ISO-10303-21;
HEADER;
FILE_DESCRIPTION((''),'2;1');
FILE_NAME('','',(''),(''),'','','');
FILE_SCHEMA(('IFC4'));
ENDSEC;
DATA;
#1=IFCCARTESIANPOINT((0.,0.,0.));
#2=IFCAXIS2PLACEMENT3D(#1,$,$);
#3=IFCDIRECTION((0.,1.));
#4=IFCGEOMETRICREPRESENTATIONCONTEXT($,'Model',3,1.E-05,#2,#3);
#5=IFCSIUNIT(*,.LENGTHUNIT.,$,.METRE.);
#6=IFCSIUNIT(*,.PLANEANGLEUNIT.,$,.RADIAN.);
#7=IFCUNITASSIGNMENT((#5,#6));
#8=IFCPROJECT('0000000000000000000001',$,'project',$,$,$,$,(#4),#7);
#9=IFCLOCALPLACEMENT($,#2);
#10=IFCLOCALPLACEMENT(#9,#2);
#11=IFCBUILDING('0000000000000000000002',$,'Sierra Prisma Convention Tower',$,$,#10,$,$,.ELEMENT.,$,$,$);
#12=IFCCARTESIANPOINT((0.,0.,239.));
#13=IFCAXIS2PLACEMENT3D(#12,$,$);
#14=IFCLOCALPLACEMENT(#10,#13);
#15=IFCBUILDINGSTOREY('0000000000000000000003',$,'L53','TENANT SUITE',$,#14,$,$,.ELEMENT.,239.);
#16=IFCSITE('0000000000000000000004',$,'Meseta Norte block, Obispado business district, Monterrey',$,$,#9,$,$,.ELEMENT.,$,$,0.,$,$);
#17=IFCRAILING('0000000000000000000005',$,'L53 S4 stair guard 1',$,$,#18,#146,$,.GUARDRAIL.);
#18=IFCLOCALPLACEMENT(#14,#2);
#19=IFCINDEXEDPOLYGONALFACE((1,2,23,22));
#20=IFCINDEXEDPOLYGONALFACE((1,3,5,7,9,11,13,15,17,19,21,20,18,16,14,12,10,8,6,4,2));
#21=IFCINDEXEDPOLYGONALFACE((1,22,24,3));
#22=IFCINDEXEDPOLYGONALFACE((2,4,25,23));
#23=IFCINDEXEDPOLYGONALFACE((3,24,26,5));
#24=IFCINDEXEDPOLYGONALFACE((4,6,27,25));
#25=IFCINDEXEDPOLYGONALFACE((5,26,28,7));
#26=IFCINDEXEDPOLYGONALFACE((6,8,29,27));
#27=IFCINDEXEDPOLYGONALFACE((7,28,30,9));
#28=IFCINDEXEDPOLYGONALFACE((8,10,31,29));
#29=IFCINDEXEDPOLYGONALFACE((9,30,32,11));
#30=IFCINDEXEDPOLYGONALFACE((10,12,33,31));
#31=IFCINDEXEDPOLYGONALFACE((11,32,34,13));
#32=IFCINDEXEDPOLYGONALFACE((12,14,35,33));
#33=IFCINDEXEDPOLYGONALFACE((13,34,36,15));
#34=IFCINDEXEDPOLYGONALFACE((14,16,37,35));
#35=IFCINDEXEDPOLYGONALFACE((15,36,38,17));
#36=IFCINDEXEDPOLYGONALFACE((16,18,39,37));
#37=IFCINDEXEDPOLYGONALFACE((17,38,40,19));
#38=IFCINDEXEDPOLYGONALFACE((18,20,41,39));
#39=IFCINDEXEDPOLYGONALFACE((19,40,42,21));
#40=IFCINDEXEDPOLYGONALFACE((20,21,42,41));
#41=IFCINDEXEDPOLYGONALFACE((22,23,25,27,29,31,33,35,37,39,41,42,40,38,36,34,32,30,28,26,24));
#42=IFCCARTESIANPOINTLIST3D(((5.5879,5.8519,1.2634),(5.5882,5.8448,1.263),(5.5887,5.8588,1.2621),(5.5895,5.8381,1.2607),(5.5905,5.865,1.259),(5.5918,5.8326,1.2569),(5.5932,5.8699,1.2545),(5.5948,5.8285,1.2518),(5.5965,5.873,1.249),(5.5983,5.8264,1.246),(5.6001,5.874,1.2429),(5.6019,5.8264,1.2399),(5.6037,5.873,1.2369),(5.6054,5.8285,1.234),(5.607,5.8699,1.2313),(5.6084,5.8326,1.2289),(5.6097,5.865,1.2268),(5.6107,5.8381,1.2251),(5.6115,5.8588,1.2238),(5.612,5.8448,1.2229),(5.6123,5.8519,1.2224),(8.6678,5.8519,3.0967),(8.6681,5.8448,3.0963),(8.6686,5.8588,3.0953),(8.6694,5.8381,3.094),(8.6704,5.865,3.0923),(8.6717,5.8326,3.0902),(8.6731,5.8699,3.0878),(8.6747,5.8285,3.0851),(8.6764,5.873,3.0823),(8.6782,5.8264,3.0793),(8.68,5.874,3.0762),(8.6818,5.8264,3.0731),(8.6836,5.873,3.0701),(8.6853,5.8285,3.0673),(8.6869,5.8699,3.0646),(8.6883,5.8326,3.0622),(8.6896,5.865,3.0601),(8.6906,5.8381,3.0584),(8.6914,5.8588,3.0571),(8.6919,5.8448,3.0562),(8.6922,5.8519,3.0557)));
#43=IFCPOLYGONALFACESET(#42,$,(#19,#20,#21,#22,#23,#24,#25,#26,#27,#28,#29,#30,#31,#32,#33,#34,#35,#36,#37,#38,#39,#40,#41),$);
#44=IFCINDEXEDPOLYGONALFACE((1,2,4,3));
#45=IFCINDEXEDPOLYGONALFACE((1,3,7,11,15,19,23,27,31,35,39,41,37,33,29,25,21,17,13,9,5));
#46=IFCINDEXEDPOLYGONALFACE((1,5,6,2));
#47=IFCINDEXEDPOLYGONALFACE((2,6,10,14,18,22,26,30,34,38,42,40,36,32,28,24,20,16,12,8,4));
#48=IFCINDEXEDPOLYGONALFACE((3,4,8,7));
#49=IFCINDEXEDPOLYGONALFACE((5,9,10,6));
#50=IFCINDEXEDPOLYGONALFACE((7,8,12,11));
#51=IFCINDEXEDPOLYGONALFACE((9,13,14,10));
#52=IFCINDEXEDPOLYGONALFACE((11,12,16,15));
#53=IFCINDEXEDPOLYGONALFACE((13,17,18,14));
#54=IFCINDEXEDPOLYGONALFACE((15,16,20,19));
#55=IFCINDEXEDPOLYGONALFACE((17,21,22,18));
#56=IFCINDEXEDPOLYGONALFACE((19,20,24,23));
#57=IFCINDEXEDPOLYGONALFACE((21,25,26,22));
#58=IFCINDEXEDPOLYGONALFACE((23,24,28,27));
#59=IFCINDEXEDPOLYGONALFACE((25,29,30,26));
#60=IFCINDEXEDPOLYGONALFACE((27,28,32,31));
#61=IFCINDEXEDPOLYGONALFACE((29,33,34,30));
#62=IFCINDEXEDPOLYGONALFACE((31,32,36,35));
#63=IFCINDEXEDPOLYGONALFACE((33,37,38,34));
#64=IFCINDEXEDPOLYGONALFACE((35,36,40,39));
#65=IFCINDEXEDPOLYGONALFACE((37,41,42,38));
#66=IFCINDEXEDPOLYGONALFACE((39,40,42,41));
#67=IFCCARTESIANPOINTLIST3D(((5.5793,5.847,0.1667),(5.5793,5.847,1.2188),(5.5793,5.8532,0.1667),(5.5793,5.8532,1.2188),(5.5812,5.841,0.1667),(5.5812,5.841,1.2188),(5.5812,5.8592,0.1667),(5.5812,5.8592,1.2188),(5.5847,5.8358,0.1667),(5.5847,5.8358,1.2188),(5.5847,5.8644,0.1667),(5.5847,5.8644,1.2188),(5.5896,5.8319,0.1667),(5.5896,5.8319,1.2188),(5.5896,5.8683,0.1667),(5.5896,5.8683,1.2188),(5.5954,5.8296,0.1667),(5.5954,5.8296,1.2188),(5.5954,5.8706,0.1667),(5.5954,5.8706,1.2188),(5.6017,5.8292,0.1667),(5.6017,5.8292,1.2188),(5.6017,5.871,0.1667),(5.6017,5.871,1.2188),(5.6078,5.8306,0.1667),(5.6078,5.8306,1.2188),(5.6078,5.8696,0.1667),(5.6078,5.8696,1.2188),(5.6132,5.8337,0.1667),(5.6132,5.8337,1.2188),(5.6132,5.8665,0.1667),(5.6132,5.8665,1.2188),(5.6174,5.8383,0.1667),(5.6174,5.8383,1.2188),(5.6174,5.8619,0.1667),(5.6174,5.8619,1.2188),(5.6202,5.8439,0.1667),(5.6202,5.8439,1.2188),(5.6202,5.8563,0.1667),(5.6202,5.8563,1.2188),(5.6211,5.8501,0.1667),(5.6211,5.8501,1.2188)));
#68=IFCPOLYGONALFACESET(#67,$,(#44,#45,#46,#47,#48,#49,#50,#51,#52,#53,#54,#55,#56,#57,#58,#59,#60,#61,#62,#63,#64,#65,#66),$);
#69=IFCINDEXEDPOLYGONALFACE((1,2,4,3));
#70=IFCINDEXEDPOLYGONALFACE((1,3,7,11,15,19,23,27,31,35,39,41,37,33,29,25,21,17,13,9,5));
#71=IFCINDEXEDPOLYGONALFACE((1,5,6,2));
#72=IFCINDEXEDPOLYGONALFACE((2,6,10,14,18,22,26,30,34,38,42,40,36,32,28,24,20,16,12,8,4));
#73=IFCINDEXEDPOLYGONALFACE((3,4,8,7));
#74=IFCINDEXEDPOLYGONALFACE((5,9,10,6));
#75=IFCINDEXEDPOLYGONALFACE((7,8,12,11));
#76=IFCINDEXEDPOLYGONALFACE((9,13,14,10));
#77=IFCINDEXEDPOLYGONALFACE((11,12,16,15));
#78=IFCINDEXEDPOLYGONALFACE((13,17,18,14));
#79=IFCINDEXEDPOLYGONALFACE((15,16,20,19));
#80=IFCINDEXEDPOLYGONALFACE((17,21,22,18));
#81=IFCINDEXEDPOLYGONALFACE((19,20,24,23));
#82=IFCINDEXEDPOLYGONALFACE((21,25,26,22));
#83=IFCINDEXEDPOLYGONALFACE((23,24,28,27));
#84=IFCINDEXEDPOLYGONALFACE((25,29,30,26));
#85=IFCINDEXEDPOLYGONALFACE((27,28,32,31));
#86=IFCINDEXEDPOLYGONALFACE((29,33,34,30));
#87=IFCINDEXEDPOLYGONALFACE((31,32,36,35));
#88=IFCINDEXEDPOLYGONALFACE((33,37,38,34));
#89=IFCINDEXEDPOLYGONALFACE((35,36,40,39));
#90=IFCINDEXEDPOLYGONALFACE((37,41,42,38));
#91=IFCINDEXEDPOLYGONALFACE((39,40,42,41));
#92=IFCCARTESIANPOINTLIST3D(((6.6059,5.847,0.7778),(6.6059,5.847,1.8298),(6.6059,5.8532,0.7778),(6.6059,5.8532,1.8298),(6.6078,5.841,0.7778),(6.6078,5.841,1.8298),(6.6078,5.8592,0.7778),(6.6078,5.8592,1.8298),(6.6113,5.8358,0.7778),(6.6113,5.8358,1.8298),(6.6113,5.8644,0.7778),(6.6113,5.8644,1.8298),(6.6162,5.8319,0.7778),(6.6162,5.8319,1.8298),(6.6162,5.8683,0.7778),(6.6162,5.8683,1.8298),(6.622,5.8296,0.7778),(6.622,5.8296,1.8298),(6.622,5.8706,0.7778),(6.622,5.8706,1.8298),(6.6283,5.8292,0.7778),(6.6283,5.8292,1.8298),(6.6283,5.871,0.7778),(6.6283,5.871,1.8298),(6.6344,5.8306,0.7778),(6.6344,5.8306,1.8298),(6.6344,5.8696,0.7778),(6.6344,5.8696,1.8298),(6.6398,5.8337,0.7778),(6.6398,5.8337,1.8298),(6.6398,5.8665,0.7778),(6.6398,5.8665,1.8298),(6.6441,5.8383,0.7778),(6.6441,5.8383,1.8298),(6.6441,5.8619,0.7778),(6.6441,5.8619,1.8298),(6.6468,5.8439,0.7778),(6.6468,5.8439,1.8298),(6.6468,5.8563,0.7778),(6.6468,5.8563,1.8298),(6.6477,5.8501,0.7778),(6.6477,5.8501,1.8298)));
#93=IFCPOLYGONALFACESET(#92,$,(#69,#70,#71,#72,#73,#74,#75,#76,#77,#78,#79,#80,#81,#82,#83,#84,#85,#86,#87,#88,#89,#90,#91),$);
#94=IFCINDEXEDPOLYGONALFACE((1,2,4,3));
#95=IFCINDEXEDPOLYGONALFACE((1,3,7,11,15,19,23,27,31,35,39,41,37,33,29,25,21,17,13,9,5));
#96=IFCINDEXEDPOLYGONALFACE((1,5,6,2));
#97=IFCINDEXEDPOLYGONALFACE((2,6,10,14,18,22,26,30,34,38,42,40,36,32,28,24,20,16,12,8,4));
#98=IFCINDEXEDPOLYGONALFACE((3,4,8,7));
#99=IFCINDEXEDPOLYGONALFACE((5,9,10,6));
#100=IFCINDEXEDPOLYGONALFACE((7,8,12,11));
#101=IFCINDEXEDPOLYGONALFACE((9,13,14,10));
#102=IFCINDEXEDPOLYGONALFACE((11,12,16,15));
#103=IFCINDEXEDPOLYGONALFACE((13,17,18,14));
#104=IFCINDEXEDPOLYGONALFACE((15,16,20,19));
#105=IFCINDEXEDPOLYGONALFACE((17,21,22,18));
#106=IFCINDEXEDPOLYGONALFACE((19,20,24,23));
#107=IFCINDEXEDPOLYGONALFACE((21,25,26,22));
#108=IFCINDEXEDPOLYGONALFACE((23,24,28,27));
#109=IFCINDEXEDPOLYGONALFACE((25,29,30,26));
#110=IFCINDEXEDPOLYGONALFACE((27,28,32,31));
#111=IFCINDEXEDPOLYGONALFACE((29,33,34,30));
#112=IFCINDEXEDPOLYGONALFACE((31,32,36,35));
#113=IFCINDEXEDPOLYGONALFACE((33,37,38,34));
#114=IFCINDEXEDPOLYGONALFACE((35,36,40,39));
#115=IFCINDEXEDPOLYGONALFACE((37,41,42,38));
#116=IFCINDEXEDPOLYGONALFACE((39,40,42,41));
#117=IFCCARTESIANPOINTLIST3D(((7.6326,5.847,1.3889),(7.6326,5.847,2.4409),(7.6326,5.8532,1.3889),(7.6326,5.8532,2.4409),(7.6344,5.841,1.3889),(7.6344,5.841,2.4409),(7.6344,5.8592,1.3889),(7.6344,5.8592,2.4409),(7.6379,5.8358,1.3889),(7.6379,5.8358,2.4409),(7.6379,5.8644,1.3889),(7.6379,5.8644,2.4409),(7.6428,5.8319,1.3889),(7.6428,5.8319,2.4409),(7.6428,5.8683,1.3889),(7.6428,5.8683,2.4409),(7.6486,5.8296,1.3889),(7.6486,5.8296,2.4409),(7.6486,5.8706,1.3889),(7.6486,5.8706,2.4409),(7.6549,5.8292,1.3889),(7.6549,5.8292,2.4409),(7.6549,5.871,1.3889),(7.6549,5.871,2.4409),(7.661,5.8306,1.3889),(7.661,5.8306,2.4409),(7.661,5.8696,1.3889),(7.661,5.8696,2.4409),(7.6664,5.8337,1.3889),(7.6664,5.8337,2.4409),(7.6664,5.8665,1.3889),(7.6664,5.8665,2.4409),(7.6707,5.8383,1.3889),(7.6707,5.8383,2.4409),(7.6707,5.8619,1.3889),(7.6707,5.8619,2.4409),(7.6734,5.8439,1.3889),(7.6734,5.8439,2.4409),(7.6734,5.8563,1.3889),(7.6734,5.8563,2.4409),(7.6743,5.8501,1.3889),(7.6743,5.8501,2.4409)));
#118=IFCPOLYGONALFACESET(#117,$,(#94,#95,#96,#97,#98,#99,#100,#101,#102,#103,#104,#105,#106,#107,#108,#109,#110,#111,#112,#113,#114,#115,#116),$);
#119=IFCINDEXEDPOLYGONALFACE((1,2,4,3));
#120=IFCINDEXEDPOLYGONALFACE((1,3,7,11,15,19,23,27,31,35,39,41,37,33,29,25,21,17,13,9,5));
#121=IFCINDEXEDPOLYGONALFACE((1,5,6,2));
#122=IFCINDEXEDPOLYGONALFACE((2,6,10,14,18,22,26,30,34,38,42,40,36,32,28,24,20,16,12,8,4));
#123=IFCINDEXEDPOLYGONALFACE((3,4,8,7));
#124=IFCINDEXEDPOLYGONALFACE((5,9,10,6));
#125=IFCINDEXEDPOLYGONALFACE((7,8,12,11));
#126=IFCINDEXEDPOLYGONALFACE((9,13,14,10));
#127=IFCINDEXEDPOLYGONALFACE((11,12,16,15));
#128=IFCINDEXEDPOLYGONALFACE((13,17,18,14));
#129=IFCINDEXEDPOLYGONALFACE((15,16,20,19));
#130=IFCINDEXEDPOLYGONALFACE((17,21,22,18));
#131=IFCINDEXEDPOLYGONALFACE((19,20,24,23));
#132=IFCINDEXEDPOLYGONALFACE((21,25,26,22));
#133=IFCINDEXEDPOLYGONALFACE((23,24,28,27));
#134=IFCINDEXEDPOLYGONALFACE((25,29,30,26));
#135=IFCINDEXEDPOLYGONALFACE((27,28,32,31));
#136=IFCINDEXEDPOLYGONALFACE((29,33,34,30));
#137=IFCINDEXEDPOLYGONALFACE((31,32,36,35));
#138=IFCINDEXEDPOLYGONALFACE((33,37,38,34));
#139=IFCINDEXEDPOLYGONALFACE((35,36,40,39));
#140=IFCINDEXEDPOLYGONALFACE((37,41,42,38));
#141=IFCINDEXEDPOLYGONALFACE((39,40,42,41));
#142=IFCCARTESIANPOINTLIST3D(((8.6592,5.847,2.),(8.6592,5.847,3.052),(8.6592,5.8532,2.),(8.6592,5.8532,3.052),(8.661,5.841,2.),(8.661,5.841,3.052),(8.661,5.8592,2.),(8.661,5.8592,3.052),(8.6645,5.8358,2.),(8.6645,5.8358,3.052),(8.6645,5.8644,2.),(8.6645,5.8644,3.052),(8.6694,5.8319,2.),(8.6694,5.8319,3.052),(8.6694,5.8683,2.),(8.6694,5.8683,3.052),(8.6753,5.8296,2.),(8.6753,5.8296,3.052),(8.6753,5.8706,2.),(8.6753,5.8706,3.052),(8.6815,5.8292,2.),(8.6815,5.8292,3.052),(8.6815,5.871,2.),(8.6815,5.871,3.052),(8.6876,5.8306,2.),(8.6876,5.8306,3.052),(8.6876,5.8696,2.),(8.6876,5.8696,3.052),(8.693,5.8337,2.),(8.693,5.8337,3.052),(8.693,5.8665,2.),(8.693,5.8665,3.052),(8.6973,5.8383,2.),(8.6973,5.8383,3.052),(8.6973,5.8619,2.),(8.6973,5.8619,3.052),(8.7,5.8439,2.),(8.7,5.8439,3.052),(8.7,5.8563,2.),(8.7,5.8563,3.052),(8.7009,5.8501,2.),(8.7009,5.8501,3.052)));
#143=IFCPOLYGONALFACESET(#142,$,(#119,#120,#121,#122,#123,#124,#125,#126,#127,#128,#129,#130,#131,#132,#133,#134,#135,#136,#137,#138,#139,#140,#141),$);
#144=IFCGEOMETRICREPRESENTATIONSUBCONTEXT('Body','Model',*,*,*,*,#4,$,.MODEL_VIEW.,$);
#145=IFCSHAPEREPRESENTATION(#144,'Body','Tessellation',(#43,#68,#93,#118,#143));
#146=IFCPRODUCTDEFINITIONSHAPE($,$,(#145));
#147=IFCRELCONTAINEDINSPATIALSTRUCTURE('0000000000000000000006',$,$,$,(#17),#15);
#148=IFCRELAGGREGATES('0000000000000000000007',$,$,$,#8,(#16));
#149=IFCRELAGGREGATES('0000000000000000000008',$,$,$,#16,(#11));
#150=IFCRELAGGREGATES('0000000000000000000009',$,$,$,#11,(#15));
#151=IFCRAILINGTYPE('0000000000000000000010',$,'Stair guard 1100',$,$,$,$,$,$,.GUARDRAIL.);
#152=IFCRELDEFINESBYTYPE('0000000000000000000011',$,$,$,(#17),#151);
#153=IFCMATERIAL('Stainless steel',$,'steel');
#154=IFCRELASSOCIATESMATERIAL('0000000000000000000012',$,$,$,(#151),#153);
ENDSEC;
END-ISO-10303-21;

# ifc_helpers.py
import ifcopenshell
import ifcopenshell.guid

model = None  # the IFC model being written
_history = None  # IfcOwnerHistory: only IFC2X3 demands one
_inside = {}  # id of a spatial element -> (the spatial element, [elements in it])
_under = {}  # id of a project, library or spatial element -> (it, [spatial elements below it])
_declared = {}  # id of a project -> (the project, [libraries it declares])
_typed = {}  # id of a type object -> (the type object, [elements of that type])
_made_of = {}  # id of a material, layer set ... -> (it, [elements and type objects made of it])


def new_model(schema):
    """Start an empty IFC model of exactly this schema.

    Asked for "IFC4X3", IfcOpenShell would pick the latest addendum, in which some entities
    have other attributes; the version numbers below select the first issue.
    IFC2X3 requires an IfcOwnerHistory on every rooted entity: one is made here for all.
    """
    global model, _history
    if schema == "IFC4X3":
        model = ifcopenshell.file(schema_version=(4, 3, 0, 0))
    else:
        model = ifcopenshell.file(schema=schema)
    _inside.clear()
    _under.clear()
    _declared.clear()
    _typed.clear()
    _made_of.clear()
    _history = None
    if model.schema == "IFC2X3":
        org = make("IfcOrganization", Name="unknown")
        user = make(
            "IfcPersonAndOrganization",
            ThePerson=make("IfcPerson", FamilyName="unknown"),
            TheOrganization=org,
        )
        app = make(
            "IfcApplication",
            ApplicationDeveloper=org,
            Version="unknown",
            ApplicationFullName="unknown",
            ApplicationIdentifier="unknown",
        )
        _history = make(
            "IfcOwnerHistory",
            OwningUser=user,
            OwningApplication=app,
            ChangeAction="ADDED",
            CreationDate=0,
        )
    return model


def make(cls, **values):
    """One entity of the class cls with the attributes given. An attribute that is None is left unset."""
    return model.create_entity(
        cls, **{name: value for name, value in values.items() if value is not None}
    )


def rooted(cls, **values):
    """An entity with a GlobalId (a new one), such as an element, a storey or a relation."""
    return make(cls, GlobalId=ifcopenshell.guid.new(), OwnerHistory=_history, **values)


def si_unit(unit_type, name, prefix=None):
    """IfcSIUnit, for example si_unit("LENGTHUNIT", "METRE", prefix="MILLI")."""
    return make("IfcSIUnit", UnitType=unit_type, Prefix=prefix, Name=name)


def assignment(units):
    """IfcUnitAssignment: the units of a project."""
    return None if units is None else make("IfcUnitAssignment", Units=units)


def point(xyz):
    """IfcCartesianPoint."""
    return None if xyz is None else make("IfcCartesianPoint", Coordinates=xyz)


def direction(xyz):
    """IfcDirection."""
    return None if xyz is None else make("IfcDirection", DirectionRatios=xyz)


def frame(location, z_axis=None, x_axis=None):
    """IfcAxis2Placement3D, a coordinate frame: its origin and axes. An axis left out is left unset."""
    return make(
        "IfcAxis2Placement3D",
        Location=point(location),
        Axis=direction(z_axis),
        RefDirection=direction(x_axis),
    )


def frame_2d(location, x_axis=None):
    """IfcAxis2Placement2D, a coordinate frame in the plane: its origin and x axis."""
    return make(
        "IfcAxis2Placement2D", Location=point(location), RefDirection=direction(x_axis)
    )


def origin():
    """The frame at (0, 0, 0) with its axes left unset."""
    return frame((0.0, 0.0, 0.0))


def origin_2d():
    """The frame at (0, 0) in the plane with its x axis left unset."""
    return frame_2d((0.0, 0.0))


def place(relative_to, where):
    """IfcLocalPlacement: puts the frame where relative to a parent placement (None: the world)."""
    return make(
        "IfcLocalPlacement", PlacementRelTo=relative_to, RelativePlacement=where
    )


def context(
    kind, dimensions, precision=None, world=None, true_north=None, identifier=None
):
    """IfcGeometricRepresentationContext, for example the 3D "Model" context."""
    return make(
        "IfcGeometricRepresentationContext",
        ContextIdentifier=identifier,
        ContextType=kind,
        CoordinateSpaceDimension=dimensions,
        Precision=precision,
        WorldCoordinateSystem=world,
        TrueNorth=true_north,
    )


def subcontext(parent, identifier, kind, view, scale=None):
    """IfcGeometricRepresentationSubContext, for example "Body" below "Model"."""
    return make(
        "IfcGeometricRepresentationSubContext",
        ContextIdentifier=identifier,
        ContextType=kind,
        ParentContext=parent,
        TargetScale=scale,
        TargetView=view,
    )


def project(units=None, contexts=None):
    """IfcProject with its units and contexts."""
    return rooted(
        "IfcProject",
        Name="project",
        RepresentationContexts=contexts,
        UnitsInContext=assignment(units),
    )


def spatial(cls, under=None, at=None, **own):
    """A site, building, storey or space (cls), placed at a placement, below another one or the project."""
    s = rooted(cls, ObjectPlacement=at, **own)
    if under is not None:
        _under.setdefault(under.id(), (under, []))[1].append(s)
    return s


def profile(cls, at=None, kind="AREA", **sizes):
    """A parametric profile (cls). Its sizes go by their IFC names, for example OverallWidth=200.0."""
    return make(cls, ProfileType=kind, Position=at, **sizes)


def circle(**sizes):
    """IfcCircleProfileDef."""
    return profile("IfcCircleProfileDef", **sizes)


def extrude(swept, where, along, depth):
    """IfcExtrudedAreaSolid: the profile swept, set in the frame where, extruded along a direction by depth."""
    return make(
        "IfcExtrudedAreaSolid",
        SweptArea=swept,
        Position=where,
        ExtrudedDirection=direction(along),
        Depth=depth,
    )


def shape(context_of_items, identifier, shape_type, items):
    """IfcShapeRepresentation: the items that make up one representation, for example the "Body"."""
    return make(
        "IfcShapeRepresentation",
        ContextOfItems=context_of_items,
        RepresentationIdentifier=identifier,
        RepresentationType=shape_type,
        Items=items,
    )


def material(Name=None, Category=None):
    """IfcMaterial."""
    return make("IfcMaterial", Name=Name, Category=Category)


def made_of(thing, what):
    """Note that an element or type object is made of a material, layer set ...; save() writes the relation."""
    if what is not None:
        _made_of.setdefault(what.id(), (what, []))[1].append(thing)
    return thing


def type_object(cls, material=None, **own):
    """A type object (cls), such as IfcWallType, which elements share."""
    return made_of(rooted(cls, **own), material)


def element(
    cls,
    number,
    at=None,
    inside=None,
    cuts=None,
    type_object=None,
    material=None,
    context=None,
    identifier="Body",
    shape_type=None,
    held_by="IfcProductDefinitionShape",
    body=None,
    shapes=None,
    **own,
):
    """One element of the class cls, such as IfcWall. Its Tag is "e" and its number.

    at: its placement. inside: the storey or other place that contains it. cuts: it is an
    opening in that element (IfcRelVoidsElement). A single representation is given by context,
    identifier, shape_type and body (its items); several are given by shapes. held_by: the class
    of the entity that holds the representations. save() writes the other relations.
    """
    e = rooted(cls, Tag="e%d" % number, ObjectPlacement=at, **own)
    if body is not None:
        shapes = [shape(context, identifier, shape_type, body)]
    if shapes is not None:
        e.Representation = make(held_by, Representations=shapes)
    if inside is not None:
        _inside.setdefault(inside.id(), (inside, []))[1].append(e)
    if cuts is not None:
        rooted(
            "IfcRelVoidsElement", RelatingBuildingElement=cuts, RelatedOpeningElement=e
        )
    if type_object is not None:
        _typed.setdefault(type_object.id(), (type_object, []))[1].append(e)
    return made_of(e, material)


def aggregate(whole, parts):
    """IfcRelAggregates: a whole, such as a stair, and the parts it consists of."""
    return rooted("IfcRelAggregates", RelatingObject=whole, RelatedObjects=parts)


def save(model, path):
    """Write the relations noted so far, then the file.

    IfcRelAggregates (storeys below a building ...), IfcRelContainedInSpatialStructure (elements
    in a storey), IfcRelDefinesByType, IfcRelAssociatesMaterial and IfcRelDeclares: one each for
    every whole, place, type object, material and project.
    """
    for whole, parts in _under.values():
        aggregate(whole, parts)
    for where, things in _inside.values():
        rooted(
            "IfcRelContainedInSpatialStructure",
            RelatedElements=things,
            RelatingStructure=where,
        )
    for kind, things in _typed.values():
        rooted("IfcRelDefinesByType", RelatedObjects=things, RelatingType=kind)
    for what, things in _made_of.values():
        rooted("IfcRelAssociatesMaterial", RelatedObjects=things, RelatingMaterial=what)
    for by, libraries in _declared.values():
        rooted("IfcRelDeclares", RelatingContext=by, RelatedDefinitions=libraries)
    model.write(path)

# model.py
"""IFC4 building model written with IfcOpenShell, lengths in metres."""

from ifc_helpers import new_model, si_unit, direction, frame, origin, origin_2d, place, context, subcontext, project, spatial, circle, extrude, material, type_object, element, save


model = new_model("IFC4")

# Units and contexts
model_context = context("Model", 3, precision=1e-05, world=origin(), true_north=direction((0.0, 1.0)))
body_context = subcontext(model_context, "Body", "Model", "MODEL_VIEW")
ifc_project = project(units=[si_unit("LENGTHUNIT", "METRE"), si_unit("PLANEANGLEUNIT", "RADIAN")], contexts=[model_context])

# Site, building, storey
site_placement = place(None, origin())
site = spatial("IfcSite", under=ifc_project, at=site_placement, Name="Meseta Norte block, Obispado business district, Monterrey", CompositionType="ELEMENT", RefElevation=0.0)
building_placement = place(site_placement, origin())
building = spatial("IfcBuilding", under=site, at=building_placement, Name="Sierra Prisma Convention Tower", CompositionType="ELEMENT")
storey_placement = place(building_placement, frame((0.0, 0.0, 239.0)))
storey = spatial("IfcBuildingStorey", under=building, at=storey_placement, Name="L53", Description="TENANT SUITE", CompositionType="ELEMENT", Elevation=239.0)

# Railing
ifc_material_1 = material(Name="Stainless steel", Category="steel")
railing_type_1 = type_object("IfcRailingType", Name="Stair guard 1100", PredefinedType="GUARDRAIL", material=ifc_material_1)
railing_1_placement = place(storey_placement, frame((5.6001, 5.8501, 0.1667)))
element("IfcRailing", 1, at=railing_1_placement, inside=storey, type_object=railing_type_1, Name="L53 S4 stair guard 1", PredefinedType="GUARDRAIL", context=body_context, shape_type="SweptSolid", body=[
    extrude(circle(Radius=0.0239, at=origin_2d()), frame((0.0, 0.0, 1.0762), z_axis=(0.859291, 0.0, 0.511487), x_axis=(0.0, 1.0, 0.0)), (0.0, 0.0, 1.0), 3.5842),
    extrude(circle(Radius=0.021, at=origin_2d()), origin(), (0.0, 0.0, 1.0), 1.052),
    extrude(circle(Radius=0.021, at=origin_2d()), frame((1.0266, 0.0, 0.6111)), (0.0, 0.0, 1.0), 1.052),
    extrude(circle(Radius=0.021, at=origin_2d()), frame((2.0532, 0.0, 1.2222)), (0.0, 0.0, 1.0), 1.052),
    extrude(circle(Radius=0.021, at=origin_2d()), frame((3.0798, 0.0, 1.8333)), (0.0, 0.0, 1.0), 1.052),
])

save(model, "model.ifc")
